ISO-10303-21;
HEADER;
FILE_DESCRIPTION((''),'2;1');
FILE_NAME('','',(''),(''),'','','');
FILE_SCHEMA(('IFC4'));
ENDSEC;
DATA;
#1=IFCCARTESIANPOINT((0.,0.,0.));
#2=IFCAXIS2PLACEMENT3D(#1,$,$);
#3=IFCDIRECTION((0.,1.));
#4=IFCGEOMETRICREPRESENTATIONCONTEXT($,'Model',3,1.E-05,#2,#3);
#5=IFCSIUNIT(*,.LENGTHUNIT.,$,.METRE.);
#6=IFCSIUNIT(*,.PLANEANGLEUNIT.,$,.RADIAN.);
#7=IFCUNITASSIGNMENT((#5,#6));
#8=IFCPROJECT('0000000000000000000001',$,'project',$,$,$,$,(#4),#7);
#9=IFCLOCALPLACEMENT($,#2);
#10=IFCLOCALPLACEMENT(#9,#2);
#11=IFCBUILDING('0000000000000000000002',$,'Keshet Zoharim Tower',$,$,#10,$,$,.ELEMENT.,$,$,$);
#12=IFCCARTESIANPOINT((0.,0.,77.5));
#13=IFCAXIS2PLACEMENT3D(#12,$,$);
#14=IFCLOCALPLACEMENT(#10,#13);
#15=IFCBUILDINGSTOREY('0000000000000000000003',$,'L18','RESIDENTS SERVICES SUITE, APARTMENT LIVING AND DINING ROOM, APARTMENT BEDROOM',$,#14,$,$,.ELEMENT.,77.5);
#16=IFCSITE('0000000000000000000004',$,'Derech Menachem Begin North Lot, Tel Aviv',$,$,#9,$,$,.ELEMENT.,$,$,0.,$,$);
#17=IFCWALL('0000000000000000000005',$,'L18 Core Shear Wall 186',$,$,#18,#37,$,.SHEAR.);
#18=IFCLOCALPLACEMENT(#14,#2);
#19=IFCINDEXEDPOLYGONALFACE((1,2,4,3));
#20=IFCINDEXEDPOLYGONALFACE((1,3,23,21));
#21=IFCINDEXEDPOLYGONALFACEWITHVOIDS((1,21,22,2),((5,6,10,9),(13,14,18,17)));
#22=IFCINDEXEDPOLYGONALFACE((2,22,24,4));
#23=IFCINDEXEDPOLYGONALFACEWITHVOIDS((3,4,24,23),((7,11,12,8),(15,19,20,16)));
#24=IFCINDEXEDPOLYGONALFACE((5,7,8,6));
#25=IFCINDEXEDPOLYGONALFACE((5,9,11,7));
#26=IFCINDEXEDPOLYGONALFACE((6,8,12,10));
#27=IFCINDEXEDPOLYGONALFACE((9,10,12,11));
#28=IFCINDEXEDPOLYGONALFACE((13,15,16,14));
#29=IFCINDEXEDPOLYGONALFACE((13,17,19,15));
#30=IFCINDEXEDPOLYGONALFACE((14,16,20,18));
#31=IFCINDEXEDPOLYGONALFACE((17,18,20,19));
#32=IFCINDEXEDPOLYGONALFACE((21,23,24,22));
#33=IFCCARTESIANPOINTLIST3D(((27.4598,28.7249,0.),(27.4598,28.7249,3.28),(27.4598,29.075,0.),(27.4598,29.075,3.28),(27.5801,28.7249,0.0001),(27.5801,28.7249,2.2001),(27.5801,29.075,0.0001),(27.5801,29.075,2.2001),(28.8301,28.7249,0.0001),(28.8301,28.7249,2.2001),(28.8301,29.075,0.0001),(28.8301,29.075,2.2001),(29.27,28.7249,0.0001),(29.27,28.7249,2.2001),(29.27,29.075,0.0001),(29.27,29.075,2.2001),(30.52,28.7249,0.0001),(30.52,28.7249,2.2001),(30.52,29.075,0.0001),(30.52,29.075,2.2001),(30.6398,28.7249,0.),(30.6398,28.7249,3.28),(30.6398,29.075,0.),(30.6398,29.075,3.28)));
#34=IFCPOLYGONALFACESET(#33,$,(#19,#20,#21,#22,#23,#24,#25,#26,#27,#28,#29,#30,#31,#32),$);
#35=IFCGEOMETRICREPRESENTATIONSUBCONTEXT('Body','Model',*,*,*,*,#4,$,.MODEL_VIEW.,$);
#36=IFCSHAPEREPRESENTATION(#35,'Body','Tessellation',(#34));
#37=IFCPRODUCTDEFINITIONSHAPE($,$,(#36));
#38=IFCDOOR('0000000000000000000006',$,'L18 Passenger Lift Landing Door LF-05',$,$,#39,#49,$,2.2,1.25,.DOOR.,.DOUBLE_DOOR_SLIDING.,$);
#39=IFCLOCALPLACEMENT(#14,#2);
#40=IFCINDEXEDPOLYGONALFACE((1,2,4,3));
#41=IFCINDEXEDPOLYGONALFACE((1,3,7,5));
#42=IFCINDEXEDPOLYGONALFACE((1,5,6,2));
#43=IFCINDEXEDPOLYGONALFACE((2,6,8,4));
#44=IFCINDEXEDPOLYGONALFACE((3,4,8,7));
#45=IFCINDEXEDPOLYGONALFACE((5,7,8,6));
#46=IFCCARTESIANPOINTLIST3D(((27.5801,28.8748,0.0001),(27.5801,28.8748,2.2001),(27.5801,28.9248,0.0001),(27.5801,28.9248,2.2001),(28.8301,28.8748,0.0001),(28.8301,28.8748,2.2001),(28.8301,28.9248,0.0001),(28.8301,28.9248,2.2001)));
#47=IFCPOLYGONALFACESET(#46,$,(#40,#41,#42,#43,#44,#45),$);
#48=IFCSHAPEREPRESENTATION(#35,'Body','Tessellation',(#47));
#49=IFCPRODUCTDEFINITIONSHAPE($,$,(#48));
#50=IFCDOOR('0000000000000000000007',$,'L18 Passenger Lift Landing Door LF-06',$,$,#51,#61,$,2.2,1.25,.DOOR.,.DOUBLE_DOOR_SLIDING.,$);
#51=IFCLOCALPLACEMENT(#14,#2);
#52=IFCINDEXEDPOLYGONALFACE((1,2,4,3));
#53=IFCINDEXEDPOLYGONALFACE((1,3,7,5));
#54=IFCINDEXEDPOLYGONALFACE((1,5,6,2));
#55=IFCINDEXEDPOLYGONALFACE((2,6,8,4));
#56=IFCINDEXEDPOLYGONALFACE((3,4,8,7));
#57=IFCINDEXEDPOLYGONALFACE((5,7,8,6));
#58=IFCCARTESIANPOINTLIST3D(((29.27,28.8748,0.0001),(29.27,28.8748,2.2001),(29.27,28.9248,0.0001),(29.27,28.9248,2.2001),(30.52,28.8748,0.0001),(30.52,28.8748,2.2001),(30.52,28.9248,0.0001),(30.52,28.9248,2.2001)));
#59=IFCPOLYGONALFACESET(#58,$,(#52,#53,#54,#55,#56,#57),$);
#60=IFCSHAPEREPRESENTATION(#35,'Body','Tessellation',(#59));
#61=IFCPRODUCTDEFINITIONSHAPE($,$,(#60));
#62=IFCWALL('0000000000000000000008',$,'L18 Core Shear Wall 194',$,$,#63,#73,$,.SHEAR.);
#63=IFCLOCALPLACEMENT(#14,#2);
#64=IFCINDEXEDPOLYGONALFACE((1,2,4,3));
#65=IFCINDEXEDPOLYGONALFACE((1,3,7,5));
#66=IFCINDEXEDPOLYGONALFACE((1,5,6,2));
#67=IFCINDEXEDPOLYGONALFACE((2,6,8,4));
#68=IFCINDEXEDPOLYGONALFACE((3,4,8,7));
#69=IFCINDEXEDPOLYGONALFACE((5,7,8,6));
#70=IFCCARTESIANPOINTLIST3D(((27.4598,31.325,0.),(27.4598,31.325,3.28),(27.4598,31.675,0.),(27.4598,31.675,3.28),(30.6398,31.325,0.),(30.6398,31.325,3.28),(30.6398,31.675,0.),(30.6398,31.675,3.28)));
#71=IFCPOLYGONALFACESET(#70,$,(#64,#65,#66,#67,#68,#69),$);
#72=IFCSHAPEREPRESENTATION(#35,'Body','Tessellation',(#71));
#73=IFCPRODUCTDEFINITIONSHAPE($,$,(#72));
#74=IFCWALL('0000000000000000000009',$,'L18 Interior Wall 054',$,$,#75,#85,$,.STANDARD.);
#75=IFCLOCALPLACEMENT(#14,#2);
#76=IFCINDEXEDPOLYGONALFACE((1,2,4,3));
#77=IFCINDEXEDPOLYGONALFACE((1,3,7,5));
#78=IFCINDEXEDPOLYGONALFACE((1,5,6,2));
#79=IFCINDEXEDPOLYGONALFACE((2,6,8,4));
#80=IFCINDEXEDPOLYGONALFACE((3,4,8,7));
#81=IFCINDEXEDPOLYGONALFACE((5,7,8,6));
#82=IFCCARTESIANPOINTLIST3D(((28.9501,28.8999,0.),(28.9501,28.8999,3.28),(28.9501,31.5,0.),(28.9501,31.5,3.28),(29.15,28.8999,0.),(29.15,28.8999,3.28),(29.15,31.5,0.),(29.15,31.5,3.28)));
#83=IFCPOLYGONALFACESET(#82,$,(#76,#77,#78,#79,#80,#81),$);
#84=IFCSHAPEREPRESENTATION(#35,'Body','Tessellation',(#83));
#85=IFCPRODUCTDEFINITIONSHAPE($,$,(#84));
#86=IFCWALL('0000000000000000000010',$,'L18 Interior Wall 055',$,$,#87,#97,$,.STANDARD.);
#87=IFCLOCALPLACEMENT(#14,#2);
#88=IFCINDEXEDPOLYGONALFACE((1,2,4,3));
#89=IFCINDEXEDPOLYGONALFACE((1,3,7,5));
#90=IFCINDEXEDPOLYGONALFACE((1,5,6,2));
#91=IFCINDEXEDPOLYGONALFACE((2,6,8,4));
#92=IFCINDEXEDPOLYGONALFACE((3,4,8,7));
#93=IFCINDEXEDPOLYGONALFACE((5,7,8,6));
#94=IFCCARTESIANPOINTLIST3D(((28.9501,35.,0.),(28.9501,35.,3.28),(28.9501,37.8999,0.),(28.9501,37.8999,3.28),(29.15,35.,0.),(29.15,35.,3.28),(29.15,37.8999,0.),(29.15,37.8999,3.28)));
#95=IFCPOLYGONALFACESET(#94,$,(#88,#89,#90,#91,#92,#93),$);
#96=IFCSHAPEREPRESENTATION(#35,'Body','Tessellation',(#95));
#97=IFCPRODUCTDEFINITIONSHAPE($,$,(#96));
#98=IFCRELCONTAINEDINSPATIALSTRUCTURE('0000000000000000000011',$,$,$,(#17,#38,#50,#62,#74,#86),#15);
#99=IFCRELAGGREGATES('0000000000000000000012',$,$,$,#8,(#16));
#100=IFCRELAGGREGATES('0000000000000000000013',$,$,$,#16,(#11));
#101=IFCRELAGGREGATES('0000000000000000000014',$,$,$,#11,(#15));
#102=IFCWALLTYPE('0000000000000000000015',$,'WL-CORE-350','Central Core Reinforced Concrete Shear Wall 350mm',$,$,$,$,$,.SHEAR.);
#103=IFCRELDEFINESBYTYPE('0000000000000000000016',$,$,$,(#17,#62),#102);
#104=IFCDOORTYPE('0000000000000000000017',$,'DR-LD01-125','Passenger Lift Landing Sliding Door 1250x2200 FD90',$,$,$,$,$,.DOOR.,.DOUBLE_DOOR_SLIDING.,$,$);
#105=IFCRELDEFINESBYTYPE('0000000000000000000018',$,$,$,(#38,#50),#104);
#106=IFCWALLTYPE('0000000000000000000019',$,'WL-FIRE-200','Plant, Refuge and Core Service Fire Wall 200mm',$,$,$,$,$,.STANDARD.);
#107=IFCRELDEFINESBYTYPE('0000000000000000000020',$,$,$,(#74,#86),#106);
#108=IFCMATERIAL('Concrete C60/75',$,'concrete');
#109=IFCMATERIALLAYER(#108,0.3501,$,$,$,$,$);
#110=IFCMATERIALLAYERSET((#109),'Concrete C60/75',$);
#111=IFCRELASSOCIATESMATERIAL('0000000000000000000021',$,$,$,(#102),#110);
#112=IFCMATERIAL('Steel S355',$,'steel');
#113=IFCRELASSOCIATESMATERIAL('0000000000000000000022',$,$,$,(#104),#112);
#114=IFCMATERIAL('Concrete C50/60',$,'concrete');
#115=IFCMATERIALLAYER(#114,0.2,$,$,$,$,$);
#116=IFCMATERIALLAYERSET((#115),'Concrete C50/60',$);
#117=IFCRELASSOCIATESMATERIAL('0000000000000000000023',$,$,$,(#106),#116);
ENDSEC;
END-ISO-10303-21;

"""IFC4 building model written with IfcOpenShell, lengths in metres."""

from ifc_helpers import new_model, si_unit, direction, frame, frame_2d, origin, place, context, subcontext, project, spatial, rectangle, extrude, material, layer, layer_set, type_object, element, fill, save


model = new_model("IFC4")

# Units and contexts
model_context = context("Model", 3, precision=1e-05, world=origin(), true_north=direction((0.0, 1.0)))
body_context = subcontext(model_context, "Body", "Model", "MODEL_VIEW")
ifc_project = project(units=[si_unit("LENGTHUNIT", "METRE"), si_unit("PLANEANGLEUNIT", "RADIAN")], contexts=[model_context])

# Site, building, storey
site_placement = place(None, origin())
site = spatial("IfcSite", under=ifc_project, at=site_placement, Name="Derech Menachem Begin North Lot, Tel Aviv", CompositionType="ELEMENT", RefElevation=0.0)
building_placement = place(site_placement, origin())
building = spatial("IfcBuilding", under=site, at=building_placement, Name="Keshet Zoharim Tower", CompositionType="ELEMENT")
storey_placement = place(building_placement, frame((0.0, 0.0, 77.5)))
storey = spatial("IfcBuildingStorey", under=building, at=storey_placement, Name="L18", Description="RESIDENTS SERVICES SUITE, APARTMENT LIVING AND DINING ROOM, APARTMENT BEDROOM", CompositionType="ELEMENT", Elevation=77.5)

# Shared definitions
ifc_material_1 = material(Name="Concrete C60/75", Category="concrete")

# Shared definitions
ifc_material_2 = material(Name="Steel S355", Category="steel")

# Shared definitions
ifc_layer_1 = layer(ifc_material_1, 0.3501)
ifc_layer_set_1 = layer_set([ifc_layer_1], Name="Concrete C60/75")
wall_type_1 = type_object("IfcWallType", Name="WL-CORE-350", Description="Central Core Reinforced Concrete Shear Wall 350mm", PredefinedType="SHEAR", material=ifc_layer_set_1)

# Wall, openings, doors
door_type_1 = type_object("IfcDoorType", Name="DR-LD01-125", Description="Passenger Lift Landing Sliding Door 1250x2200 FD90", OperationType="DOUBLE_DOOR_SLIDING", PredefinedType="DOOR", material=ifc_material_2)
wall_1_placement = place(storey_placement, frame((27.46, 28.8999, 0.0), z_axis=(0.0, 0.0, 1.0), x_axis=(1.0, 0.0, 0.0)))
wall_1 = element("IfcWall", 1, at=wall_1_placement, inside=storey, type_object=wall_type_1, Name="L18 Core Shear Wall 186", PredefinedType="SHEAR", context=body_context, shape_type="SweptSolid", body=[
    extrude(rectangle(XDim=3.1799, YDim=0.3501, at=frame_2d((1.5898, 0.0))), origin(), (0.0, 0.0, 1.0), 3.28),
])
opening_1_placement = place(wall_1_placement, frame((0.1201, 0.0, 0.0)))
opening_1 = element("IfcOpeningElement", 2, at=opening_1_placement, cuts=wall_1, PredefinedType="OPENING", context=body_context, shape_type="SweptSolid", body=[
    extrude(rectangle(XDim=1.25, YDim=2.2, at=frame_2d((0.625, 1.1001))), frame((0.0, 0.1851, 0.0), z_axis=(0.0, -1.0, 0.0), x_axis=(1.0, 0.0, 0.0)), (0.0, 0.0, 1.0), 0.3701),
])
opening_2_placement = place(wall_1_placement, frame((1.8101, 0.0, 0.0)))
opening_2 = element("IfcOpeningElement", 3, at=opening_2_placement, cuts=wall_1, PredefinedType="OPENING", context=body_context, shape_type="SweptSolid", body=[
    extrude(rectangle(XDim=1.25, YDim=2.2, at=frame_2d((0.625, 1.1001))), frame((0.0, 0.1851, 0.0), z_axis=(0.0, -1.0, 0.0), x_axis=(1.0, 0.0, 0.0)), (0.0, 0.0, 1.0), 0.3701),
])
door_1_placement = place(opening_1_placement, origin())
door_1 = element("IfcDoor", 4, at=door_1_placement, inside=storey, type_object=door_type_1, Name="L18 Passenger Lift Landing Door LF-05", OperationType="DOUBLE_DOOR_SLIDING", OverallHeight=2.2, OverallWidth=1.25, PredefinedType="DOOR", context=body_context, shape_type="SweptSolid", body=[
    extrude(rectangle(XDim=1.25, YDim=2.2, at=frame_2d((0.625, 1.1001))), frame((0.0, 0.0249, 0.0), z_axis=(0.0, -1.0, 0.0), x_axis=(1.0, 0.0, 0.0)), (0.0, 0.0, 1.0), 0.05),
])
fill(opening_1, door_1)
door_2_placement = place(opening_2_placement, origin())
door_2 = element("IfcDoor", 5, at=door_2_placement, inside=storey, type_object=door_type_1, Name="L18 Passenger Lift Landing Door LF-06", OperationType="DOUBLE_DOOR_SLIDING", OverallHeight=2.2, OverallWidth=1.25, PredefinedType="DOOR", context=body_context, shape_type="SweptSolid", body=[
    extrude(rectangle(XDim=1.25, YDim=2.2, at=frame_2d((0.625, 1.1001))), frame((0.0, 0.0249, 0.0), z_axis=(0.0, -1.0, 0.0), x_axis=(1.0, 0.0, 0.0)), (0.0, 0.0, 1.0), 0.05),
])
fill(opening_2, door_2)

# Walls
wall_2_placement = place(storey_placement, frame((27.46, 31.5, 0.0), z_axis=(0.0, 0.0, 1.0), x_axis=(1.0, 0.0, 0.0)))
element("IfcWall", 6, at=wall_2_placement, inside=storey, type_object=wall_type_1, Name="L18 Core Shear Wall 194", PredefinedType="SHEAR", context=body_context, shape_type="SweptSolid", body=[
    extrude(rectangle(XDim=3.1799, YDim=0.3501, at=frame_2d((1.5898, 0.0))), origin(), (0.0, 0.0, 1.0), 3.28),
])
ifc_material_3 = material(Name="Concrete C50/60", Category="concrete")
ifc_layer_2 = layer(ifc_material_3, 0.2)
ifc_layer_set_2 = layer_set([ifc_layer_2], Name="Concrete C50/60")
wall_type_2 = type_object("IfcWallType", Name="WL-FIRE-200", Description="Plant, Refuge and Core Service Fire Wall 200mm", PredefinedType="STANDARD", material=ifc_layer_set_2)
wall_3_placement = place(storey_placement, frame((29.05, 28.8999, 0.0), z_axis=(0.0, 0.0, 1.0), x_axis=(0.0, 1.0, 0.0)))
element("IfcWall", 7, at=wall_3_placement, inside=storey, type_object=wall_type_2, Name="L18 Interior Wall 054", PredefinedType="STANDARD", context=body_context, shape_type="SweptSolid", body=[
    extrude(rectangle(XDim=2.6001, YDim=0.2, at=frame_2d((1.3, 0.0))), origin(), (0.0, 0.0, 1.0), 3.28),
])
wall_4_placement = place(storey_placement, frame((29.05, 35.0, 0.0), z_axis=(0.0, 0.0, 1.0), x_axis=(0.0, 1.0, 0.0)))
element("IfcWall", 8, at=wall_4_placement, inside=storey, type_object=wall_type_2, Name="L18 Interior Wall 055", PredefinedType="STANDARD", context=body_context, shape_type="SweptSolid", body=[
    extrude(rectangle(XDim=2.8999, YDim=0.2, at=frame_2d((1.45, 0.0))), origin(), (0.0, 0.0, 1.0), 3.28),
])

save(model, "model.ifc")
